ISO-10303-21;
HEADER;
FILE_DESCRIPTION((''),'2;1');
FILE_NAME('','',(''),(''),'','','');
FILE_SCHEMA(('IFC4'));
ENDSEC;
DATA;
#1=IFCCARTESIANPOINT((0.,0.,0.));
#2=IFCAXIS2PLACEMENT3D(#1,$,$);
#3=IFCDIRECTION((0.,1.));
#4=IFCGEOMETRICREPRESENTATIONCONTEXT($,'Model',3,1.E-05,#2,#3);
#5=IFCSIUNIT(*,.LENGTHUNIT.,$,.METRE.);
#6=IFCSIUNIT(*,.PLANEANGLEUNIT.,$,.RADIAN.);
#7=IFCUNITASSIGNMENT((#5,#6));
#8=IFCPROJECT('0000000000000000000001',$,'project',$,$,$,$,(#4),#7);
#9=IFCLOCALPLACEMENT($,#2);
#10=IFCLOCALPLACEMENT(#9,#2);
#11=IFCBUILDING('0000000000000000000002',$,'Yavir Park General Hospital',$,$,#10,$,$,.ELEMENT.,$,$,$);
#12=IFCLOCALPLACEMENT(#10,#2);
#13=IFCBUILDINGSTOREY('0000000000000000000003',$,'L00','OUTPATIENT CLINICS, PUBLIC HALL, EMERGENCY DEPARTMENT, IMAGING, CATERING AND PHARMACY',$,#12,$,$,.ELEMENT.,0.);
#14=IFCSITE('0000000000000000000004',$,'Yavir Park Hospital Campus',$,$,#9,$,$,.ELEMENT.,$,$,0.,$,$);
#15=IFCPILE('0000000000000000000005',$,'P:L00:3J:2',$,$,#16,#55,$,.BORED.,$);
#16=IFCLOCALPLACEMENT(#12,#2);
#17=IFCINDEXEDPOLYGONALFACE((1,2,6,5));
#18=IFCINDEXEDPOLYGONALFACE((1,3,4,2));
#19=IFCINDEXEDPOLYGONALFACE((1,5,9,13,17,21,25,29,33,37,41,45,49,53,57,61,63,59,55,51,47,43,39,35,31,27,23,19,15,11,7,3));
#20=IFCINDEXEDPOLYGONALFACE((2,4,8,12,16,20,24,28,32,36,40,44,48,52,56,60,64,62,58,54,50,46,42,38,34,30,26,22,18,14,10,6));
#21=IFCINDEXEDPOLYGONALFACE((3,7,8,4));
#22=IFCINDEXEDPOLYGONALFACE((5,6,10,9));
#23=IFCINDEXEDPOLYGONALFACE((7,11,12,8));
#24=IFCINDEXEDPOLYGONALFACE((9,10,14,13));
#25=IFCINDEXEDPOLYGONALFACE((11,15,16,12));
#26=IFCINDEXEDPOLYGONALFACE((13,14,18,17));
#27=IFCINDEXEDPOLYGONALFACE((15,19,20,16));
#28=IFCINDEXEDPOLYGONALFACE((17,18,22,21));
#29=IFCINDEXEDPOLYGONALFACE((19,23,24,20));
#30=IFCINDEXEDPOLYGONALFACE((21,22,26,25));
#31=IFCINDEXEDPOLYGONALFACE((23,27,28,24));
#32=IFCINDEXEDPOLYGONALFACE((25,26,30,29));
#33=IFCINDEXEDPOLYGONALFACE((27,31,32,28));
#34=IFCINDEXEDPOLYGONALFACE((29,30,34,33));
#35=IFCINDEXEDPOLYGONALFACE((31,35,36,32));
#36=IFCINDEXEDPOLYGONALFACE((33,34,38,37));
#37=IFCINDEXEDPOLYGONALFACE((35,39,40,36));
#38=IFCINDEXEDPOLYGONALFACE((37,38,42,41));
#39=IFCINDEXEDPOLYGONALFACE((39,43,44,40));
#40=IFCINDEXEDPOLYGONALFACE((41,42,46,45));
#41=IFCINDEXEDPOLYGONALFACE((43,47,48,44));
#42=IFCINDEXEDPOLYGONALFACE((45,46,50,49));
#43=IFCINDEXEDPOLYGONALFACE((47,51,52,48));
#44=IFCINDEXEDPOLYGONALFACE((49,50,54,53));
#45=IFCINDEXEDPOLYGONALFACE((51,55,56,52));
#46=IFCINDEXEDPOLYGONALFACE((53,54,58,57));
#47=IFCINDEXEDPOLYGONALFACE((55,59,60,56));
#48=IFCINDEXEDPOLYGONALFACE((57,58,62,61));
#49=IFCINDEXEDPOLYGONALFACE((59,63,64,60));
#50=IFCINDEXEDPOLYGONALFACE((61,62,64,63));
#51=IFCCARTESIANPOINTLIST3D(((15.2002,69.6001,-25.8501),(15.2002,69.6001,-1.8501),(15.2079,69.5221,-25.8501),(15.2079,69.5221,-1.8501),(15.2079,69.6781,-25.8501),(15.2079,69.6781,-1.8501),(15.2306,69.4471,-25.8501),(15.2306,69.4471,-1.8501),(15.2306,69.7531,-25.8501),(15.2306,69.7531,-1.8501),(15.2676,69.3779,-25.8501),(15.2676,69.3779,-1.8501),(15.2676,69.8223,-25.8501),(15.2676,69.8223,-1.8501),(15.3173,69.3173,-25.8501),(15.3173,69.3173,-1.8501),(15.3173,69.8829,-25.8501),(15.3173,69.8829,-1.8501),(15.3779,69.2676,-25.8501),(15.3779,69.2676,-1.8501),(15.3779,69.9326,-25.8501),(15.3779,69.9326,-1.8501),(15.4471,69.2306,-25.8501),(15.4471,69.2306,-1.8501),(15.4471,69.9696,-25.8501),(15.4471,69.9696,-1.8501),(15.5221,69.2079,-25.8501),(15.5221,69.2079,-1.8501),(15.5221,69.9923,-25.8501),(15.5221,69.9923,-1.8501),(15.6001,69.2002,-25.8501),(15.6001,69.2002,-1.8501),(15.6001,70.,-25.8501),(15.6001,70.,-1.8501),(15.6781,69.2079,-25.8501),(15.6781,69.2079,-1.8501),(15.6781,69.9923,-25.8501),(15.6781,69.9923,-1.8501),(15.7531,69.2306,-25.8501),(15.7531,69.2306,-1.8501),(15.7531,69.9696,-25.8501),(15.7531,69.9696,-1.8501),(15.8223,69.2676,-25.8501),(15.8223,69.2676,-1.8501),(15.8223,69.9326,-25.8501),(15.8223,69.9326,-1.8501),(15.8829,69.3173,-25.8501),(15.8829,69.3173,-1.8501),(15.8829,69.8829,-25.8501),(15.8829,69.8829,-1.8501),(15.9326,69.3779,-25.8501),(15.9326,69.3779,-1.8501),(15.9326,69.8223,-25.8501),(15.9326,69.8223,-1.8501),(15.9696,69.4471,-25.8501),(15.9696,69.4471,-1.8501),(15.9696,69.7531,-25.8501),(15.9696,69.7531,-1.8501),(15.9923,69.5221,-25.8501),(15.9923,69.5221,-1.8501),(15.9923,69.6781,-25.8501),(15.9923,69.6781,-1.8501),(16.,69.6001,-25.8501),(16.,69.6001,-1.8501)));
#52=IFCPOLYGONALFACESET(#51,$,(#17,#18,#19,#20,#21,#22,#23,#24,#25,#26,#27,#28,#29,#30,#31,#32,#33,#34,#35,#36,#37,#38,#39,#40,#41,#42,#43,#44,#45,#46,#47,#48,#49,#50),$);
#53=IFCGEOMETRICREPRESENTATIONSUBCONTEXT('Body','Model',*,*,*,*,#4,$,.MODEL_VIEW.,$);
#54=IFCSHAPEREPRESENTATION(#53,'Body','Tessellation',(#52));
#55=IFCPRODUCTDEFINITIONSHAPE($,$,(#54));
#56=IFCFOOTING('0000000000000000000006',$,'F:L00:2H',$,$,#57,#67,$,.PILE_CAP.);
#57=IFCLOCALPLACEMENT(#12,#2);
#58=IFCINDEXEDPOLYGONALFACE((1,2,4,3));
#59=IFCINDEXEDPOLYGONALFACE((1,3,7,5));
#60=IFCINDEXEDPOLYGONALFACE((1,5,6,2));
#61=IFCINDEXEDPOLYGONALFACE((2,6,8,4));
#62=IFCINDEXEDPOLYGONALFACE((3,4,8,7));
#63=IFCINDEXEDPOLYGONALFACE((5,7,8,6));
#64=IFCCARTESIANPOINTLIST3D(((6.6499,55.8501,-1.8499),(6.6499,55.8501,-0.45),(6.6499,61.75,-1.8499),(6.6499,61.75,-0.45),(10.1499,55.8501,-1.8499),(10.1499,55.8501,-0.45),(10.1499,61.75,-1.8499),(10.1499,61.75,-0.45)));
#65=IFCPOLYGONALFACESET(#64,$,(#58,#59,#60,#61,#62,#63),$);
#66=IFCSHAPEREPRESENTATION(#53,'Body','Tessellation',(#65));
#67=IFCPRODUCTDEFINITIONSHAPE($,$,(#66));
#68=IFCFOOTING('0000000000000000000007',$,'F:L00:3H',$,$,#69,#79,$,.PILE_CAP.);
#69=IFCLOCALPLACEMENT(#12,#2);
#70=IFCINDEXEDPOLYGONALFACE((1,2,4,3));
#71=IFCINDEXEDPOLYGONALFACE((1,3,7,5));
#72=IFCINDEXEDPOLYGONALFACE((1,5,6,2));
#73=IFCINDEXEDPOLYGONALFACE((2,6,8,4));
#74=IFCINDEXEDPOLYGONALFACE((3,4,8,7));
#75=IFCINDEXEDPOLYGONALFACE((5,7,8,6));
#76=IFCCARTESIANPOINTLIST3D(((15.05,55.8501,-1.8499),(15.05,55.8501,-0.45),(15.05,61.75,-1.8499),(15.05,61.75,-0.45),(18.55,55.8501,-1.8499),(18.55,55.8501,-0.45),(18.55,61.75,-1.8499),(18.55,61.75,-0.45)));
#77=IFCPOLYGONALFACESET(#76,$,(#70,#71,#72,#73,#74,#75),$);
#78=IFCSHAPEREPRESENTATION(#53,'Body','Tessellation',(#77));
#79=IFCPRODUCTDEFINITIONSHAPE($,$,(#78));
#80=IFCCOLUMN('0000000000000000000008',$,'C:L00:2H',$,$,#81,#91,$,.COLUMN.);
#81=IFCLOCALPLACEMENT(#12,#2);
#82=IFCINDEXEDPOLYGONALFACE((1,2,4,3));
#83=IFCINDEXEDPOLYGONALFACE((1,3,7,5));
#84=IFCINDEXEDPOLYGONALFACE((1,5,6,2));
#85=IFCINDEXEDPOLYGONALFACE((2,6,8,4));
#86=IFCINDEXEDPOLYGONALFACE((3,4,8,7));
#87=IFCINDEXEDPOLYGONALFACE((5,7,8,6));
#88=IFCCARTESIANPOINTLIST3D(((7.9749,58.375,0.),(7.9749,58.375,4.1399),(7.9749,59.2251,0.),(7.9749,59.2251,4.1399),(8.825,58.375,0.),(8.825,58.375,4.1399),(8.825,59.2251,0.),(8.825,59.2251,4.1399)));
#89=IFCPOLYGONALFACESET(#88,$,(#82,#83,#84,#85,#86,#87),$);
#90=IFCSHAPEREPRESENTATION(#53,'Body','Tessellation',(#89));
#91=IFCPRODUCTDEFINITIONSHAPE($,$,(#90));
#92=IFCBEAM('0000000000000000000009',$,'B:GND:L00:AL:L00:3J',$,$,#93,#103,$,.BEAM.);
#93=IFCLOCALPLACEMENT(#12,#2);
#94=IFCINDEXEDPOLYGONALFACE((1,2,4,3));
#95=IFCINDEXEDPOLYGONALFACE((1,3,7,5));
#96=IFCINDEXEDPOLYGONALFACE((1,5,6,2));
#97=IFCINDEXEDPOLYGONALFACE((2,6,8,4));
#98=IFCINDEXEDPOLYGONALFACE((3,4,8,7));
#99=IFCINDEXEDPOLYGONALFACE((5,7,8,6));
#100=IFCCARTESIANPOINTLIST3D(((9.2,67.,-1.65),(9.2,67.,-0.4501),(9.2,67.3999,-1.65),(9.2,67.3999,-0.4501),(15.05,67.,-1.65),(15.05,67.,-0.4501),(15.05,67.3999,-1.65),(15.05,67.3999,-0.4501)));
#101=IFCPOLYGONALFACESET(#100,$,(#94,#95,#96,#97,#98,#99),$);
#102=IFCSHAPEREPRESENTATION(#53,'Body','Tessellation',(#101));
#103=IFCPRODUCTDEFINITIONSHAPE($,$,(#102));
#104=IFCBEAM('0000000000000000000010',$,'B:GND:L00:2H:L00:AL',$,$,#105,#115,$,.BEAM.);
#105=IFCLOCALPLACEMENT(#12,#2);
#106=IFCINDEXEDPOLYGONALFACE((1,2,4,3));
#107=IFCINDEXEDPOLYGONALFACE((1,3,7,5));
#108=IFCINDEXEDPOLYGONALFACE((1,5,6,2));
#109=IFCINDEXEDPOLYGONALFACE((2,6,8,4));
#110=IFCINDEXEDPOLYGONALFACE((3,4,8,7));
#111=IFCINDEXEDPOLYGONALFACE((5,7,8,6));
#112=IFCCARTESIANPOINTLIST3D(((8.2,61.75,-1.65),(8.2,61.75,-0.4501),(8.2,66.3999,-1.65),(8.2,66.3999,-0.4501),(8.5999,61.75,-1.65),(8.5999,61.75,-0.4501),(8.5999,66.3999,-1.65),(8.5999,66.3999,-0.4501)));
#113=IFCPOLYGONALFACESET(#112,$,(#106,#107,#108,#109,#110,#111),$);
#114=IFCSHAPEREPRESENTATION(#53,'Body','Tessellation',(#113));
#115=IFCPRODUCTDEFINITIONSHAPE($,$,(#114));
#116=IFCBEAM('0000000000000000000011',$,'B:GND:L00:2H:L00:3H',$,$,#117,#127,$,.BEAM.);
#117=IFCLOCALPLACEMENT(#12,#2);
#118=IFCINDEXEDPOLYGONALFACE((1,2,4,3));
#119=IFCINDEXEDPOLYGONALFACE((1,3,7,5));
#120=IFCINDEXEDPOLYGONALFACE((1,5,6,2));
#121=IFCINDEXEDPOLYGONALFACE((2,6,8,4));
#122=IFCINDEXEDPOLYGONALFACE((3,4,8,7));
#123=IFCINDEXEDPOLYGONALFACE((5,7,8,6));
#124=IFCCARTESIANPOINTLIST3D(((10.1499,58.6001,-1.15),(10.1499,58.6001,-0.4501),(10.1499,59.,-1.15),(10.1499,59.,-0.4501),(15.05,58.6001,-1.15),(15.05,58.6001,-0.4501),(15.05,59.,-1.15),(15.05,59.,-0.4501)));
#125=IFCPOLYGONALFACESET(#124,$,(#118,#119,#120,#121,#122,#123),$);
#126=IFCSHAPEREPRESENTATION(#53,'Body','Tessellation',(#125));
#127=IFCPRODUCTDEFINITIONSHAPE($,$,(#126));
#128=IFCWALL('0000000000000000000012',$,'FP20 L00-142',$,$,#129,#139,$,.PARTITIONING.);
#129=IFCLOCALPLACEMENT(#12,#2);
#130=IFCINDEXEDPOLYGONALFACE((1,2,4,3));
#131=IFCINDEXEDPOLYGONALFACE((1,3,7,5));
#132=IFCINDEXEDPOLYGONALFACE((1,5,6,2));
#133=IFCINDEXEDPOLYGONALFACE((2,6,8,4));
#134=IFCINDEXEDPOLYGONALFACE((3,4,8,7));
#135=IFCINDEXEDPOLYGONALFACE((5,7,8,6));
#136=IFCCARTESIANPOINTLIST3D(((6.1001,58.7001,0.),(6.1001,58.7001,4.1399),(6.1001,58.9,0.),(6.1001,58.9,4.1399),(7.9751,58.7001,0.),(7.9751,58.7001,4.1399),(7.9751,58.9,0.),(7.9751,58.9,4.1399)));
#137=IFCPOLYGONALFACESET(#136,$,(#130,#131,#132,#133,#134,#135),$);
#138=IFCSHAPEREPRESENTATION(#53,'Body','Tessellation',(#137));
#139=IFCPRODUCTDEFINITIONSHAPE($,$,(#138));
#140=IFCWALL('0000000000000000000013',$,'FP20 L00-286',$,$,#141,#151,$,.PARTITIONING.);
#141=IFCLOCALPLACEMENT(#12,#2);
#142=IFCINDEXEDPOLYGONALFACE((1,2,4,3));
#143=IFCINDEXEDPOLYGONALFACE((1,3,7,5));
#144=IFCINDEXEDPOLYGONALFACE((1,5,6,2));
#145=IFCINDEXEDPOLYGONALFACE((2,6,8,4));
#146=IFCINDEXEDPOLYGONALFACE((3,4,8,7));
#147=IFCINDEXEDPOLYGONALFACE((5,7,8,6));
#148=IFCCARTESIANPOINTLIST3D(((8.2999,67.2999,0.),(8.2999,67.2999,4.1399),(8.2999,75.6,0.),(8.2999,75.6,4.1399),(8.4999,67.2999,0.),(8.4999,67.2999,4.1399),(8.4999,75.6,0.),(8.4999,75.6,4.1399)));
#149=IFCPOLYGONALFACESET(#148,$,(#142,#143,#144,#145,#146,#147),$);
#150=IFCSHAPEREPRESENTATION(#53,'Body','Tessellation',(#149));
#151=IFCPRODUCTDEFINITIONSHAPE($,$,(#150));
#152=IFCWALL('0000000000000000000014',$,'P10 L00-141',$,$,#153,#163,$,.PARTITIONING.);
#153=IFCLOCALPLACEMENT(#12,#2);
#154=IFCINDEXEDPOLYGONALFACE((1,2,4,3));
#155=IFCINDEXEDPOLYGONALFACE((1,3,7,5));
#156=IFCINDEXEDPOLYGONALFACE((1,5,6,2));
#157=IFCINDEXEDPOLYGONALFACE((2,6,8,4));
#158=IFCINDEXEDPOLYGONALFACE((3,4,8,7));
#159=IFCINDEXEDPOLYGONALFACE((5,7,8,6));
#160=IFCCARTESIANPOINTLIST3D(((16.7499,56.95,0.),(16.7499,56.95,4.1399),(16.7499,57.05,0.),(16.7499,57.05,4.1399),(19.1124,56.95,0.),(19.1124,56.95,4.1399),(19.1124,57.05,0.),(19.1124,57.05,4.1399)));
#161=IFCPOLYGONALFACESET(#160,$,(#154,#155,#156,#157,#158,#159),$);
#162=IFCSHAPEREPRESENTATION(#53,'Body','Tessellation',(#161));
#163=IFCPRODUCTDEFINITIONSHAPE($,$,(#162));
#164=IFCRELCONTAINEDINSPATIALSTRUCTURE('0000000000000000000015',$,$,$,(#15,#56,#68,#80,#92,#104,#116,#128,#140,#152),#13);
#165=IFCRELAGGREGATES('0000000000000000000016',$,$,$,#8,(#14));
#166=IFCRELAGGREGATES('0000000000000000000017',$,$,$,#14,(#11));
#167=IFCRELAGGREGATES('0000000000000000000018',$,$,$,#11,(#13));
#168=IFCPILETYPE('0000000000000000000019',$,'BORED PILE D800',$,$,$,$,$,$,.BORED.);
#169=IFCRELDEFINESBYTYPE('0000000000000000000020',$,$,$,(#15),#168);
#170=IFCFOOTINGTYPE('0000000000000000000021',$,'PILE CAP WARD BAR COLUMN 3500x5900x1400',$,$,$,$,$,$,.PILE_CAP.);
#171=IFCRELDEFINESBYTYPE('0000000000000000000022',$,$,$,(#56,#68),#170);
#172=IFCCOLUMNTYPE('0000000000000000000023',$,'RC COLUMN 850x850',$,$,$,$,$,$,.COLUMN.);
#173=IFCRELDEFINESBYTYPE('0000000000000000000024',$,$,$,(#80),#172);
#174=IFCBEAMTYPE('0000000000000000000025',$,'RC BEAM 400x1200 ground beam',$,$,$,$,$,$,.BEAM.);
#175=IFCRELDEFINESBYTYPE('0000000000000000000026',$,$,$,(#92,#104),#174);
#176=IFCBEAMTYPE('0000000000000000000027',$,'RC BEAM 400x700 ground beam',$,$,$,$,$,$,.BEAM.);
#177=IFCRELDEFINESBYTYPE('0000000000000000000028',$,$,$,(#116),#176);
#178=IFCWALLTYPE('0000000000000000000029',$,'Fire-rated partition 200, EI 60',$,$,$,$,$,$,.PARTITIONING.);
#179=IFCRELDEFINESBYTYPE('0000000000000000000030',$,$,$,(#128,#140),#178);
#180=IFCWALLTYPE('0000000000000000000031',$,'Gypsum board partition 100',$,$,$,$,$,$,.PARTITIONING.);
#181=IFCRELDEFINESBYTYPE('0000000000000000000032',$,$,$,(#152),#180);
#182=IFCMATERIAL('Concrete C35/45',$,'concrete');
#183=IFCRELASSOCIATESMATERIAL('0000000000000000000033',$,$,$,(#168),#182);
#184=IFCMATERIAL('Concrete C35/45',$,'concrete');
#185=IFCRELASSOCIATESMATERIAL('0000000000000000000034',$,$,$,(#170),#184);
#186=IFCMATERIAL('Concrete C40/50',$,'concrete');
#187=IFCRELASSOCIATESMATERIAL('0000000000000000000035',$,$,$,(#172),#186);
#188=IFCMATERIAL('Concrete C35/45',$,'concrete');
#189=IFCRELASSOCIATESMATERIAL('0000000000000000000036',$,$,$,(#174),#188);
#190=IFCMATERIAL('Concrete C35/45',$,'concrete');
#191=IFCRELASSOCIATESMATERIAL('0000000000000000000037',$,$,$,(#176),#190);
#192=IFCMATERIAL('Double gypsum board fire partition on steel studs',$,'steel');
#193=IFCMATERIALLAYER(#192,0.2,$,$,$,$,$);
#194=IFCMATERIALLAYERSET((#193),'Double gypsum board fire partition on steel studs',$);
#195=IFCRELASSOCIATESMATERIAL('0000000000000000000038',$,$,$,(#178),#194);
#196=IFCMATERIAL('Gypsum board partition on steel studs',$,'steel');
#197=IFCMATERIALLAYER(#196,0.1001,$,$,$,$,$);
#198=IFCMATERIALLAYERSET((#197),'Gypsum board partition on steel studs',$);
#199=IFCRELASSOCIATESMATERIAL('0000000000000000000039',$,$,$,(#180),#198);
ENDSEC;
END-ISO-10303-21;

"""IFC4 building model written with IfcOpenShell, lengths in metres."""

from ifc_helpers import new_model, si_unit, direction, frame, frame_2d, origin, origin_2d, place, context, subcontext, project, spatial, rectangle, circle, extrude, material, layer, layer_set, material_profile, profile_set, type_object, element, save


model = new_model("IFC4")

# Units and contexts
model_context = context("Model", 3, precision=1e-05, world=origin(), true_north=direction((0.0, 1.0)))
body_context = subcontext(model_context, "Body", "Model", "MODEL_VIEW")
ifc_project = project(units=[si_unit("LENGTHUNIT", "METRE"), si_unit("PLANEANGLEUNIT", "RADIAN")], contexts=[model_context])

# Site, building, storey
site_placement = place(None, origin())
site = spatial("IfcSite", under=ifc_project, at=site_placement, Name="Yavir Park Hospital Campus", CompositionType="ELEMENT", RefElevation=0.0)
building_placement = place(site_placement, origin())
building = spatial("IfcBuilding", under=site, at=building_placement, Name="Yavir Park General Hospital", CompositionType="ELEMENT")
storey_placement = place(building_placement, origin())
storey = spatial("IfcBuildingStorey", under=building, at=storey_placement, Name="L00", Description="OUTPATIENT CLINICS, PUBLIC HALL, EMERGENCY DEPARTMENT, IMAGING, CATERING AND PHARMACY", CompositionType="ELEMENT", Elevation=0.0)

# Pile
ifc_material_1 = material(Name="Concrete C35/45", Category="concrete")
ifc_material_profile_1 = material_profile(ifc_material_1, circle(Radius=0.3999, at=origin_2d()), Name="D800")
ifc_profile_set_1 = profile_set([ifc_material_profile_1], Name="Concrete C35/45")
pile_type_1 = type_object("IfcPileType", Name="BORED PILE D800", PredefinedType="BORED", material=ifc_profile_set_1)
for number, where, z_axis, x_axis, name in (
    (1, (15.6001, 69.6001, -1.8501), (0.0, 0.0, -1.0), (1.0, 0.0, 0.0), "P:L00:3J:2"),
):
    element("IfcPile", number, at=place(storey_placement, frame(where, z_axis=z_axis, x_axis=x_axis)), inside=storey, type_object=pile_type_1, Name=name, PredefinedType="BORED", context=body_context, shape_type="SweptSolid", body=[
        extrude(circle(Radius=0.3999, at=origin_2d()), origin(), (0.0, 0.0, 1.0), 24.0),
    ])

# Footings
ifc_material_2 = material(Name="Concrete C35/45", Category="concrete")
footing_type = type_object("IfcFootingType", Name="PILE CAP WARD BAR COLUMN 3500x5900x1400", PredefinedType="PILE_CAP", material=ifc_material_2)
for number, where, z_axis, x_axis, name in (
    (2, (8.3999, 58.8, -1.8499), (0.0, 0.0, 1.0), (1.0, 0.0, 0.0), "F:L00:2H"),
    (3, (16.8, 58.8, -1.8499), (0.0, 0.0, 1.0), (1.0, 0.0, 0.0), "F:L00:3H"),
):
    element("IfcFooting", number, at=place(storey_placement, frame(where, z_axis=z_axis, x_axis=x_axis)), inside=storey, type_object=footing_type, Name=name, PredefinedType="PILE_CAP", context=body_context, shape_type="SweptSolid", body=[
        extrude(rectangle(XDim=3.5, YDim=5.8999, at=origin_2d()), origin(), (0.0, 0.0, 1.0), 1.3999),
    ])

# Column
ifc_material_3 = material(Name="Concrete C40/50", Category="concrete")
ifc_material_profile_2 = material_profile(ifc_material_3, rectangle(XDim=0.8501, YDim=0.8501, at=origin_2d()), Name="RC850x850")
ifc_profile_set_2 = profile_set([ifc_material_profile_2], Name="Concrete C40/50")
column_type = type_object("IfcColumnType", Name="RC COLUMN 850x850", PredefinedType="COLUMN", material=ifc_profile_set_2)
column_placement = place(storey_placement, frame((8.3999, 58.8, 0.0), z_axis=(0.0, 0.0, 1.0), x_axis=(1.0, 0.0, 0.0)))
element("IfcColumn", 4, at=column_placement, inside=storey, type_object=column_type, Name="C:L00:2H", PredefinedType="COLUMN", context=body_context, shape_type="SweptSolid", body=[
    extrude(rectangle(XDim=0.8501, YDim=0.8501, at=origin_2d()), origin(), (0.0, 0.0, 1.0), 4.1399),
])

# Beams
ifc_material_4 = material(Name="Concrete C35/45", Category="concrete")
ifc_material_profile_3 = material_profile(ifc_material_4, rectangle(XDim=0.3999, YDim=1.2, at=origin_2d()), Name="RC400x1200")
ifc_profile_set_3 = profile_set([ifc_material_profile_3], Name="Concrete C35/45")
beam_type_1 = type_object("IfcBeamType", Name="RC BEAM 400x1200 ground beam", PredefinedType="BEAM", material=ifc_profile_set_3)
beam_1_placement = place(storey_placement, frame((9.2, 67.2, -1.05), z_axis=(1.0, 0.0, 0.0), x_axis=(0.0, 1.0, 0.0)))
element("IfcBeam", 5, at=beam_1_placement, inside=storey, type_object=beam_type_1, Name="B:GND:L00:AL:L00:3J", PredefinedType="BEAM", context=body_context, shape_type="SweptSolid", body=[
    extrude(rectangle(XDim=0.3999, YDim=1.2, at=origin_2d()), origin(), (0.0, 0.0, 1.0), 5.8501),
])
beam_2_placement = place(storey_placement, frame((8.3999, 61.75, -1.05), z_axis=(0.0, 1.0, 0.0), x_axis=(-1.0, 0.0, 0.0)))
element("IfcBeam", 6, at=beam_2_placement, inside=storey, type_object=beam_type_1, Name="B:GND:L00:2H:L00:AL", PredefinedType="BEAM", context=body_context, shape_type="SweptSolid", body=[
    extrude(rectangle(XDim=0.3999, YDim=1.2, at=origin_2d()), origin(), (0.0, 0.0, 1.0), 4.6499),
])
ifc_material_5 = material(Name="Concrete C35/45", Category="concrete")
ifc_material_profile_4 = material_profile(ifc_material_5, rectangle(XDim=0.3999, YDim=0.7, at=origin_2d()), Name="RC400x700")
ifc_profile_set_4 = profile_set([ifc_material_profile_4], Name="Concrete C35/45")
beam_type_2 = type_object("IfcBeamType", Name="RC BEAM 400x700 ground beam", PredefinedType="BEAM", material=ifc_profile_set_4)
beam_3_placement = place(storey_placement, frame((10.1499, 58.8, -0.8), z_axis=(1.0, 0.0, 0.0), x_axis=(0.0, 1.0, 0.0)))
element("IfcBeam", 7, at=beam_3_placement, inside=storey, type_object=beam_type_2, Name="B:GND:L00:2H:L00:3H", PredefinedType="BEAM", context=body_context, shape_type="SweptSolid", body=[
    extrude(rectangle(XDim=0.3999, YDim=0.7, at=origin_2d()), origin(), (0.0, 0.0, 1.0), 4.9001),
])

# Walls
ifc_material_6 = material(Name="Double gypsum board fire partition on steel studs", Category="steel")
ifc_layer_1 = layer(ifc_material_6, 0.2)
ifc_layer_set_1 = layer_set([ifc_layer_1], Name="Double gypsum board fire partition on steel studs")
wall_type_1 = type_object("IfcWallType", Name="Fire-rated partition 200, EI 60", PredefinedType="PARTITIONING", material=ifc_layer_set_1)
wall_1_placement = place(storey_placement, frame((6.1001, 58.8, 0.0), z_axis=(0.0, 0.0, 1.0), x_axis=(1.0, 0.0, 0.0)))
element("IfcWall", 8, at=wall_1_placement, inside=storey, type_object=wall_type_1, Name="FP20 L00-142", PredefinedType="PARTITIONING", context=body_context, shape_type="SweptSolid", body=[
    extrude(rectangle(XDim=1.875, YDim=0.2, at=frame_2d((0.9375, 0.0))), origin(), (0.0, 0.0, 1.0), 4.1399),
])
wall_2_placement = place(storey_placement, frame((8.3999, 67.3, 0.0), z_axis=(0.0, 0.0, 1.0), x_axis=(0.0, 1.0, 0.0)))
element("IfcWall", 9, at=wall_2_placement, inside=storey, type_object=wall_type_1, Name="FP20 L00-286", PredefinedType="PARTITIONING", context=body_context, shape_type="SweptSolid", body=[
    extrude(rectangle(XDim=8.3, YDim=0.2, at=frame_2d((4.1499, 0.0))), origin(), (0.0, 0.0, 1.0), 4.1399),
])
ifc_material_7 = material(Name="Gypsum board partition on steel studs", Category="steel")
ifc_layer_2 = layer(ifc_material_7, 0.1001)
ifc_layer_set_2 = layer_set([ifc_layer_2], Name="Gypsum board partition on steel studs")
wall_type_2 = type_object("IfcWallType", Name="Gypsum board partition 100", PredefinedType="PARTITIONING", material=ifc_layer_set_2)
wall_3_placement = place(storey_placement, frame((16.75, 57.0, 0.0), z_axis=(0.0, 0.0, 1.0), x_axis=(1.0, 0.0, 0.0)))
element("IfcWall", 10, at=wall_3_placement, inside=storey, type_object=wall_type_2, Name="P10 L00-141", PredefinedType="PARTITIONING", context=body_context, shape_type="SweptSolid", body=[
    extrude(rectangle(XDim=2.3625, YDim=0.1001, at=frame_2d((1.1812, 0.0))), origin(), (0.0, 0.0, 1.0), 4.1399),
])

save(model, "model.ifc")
